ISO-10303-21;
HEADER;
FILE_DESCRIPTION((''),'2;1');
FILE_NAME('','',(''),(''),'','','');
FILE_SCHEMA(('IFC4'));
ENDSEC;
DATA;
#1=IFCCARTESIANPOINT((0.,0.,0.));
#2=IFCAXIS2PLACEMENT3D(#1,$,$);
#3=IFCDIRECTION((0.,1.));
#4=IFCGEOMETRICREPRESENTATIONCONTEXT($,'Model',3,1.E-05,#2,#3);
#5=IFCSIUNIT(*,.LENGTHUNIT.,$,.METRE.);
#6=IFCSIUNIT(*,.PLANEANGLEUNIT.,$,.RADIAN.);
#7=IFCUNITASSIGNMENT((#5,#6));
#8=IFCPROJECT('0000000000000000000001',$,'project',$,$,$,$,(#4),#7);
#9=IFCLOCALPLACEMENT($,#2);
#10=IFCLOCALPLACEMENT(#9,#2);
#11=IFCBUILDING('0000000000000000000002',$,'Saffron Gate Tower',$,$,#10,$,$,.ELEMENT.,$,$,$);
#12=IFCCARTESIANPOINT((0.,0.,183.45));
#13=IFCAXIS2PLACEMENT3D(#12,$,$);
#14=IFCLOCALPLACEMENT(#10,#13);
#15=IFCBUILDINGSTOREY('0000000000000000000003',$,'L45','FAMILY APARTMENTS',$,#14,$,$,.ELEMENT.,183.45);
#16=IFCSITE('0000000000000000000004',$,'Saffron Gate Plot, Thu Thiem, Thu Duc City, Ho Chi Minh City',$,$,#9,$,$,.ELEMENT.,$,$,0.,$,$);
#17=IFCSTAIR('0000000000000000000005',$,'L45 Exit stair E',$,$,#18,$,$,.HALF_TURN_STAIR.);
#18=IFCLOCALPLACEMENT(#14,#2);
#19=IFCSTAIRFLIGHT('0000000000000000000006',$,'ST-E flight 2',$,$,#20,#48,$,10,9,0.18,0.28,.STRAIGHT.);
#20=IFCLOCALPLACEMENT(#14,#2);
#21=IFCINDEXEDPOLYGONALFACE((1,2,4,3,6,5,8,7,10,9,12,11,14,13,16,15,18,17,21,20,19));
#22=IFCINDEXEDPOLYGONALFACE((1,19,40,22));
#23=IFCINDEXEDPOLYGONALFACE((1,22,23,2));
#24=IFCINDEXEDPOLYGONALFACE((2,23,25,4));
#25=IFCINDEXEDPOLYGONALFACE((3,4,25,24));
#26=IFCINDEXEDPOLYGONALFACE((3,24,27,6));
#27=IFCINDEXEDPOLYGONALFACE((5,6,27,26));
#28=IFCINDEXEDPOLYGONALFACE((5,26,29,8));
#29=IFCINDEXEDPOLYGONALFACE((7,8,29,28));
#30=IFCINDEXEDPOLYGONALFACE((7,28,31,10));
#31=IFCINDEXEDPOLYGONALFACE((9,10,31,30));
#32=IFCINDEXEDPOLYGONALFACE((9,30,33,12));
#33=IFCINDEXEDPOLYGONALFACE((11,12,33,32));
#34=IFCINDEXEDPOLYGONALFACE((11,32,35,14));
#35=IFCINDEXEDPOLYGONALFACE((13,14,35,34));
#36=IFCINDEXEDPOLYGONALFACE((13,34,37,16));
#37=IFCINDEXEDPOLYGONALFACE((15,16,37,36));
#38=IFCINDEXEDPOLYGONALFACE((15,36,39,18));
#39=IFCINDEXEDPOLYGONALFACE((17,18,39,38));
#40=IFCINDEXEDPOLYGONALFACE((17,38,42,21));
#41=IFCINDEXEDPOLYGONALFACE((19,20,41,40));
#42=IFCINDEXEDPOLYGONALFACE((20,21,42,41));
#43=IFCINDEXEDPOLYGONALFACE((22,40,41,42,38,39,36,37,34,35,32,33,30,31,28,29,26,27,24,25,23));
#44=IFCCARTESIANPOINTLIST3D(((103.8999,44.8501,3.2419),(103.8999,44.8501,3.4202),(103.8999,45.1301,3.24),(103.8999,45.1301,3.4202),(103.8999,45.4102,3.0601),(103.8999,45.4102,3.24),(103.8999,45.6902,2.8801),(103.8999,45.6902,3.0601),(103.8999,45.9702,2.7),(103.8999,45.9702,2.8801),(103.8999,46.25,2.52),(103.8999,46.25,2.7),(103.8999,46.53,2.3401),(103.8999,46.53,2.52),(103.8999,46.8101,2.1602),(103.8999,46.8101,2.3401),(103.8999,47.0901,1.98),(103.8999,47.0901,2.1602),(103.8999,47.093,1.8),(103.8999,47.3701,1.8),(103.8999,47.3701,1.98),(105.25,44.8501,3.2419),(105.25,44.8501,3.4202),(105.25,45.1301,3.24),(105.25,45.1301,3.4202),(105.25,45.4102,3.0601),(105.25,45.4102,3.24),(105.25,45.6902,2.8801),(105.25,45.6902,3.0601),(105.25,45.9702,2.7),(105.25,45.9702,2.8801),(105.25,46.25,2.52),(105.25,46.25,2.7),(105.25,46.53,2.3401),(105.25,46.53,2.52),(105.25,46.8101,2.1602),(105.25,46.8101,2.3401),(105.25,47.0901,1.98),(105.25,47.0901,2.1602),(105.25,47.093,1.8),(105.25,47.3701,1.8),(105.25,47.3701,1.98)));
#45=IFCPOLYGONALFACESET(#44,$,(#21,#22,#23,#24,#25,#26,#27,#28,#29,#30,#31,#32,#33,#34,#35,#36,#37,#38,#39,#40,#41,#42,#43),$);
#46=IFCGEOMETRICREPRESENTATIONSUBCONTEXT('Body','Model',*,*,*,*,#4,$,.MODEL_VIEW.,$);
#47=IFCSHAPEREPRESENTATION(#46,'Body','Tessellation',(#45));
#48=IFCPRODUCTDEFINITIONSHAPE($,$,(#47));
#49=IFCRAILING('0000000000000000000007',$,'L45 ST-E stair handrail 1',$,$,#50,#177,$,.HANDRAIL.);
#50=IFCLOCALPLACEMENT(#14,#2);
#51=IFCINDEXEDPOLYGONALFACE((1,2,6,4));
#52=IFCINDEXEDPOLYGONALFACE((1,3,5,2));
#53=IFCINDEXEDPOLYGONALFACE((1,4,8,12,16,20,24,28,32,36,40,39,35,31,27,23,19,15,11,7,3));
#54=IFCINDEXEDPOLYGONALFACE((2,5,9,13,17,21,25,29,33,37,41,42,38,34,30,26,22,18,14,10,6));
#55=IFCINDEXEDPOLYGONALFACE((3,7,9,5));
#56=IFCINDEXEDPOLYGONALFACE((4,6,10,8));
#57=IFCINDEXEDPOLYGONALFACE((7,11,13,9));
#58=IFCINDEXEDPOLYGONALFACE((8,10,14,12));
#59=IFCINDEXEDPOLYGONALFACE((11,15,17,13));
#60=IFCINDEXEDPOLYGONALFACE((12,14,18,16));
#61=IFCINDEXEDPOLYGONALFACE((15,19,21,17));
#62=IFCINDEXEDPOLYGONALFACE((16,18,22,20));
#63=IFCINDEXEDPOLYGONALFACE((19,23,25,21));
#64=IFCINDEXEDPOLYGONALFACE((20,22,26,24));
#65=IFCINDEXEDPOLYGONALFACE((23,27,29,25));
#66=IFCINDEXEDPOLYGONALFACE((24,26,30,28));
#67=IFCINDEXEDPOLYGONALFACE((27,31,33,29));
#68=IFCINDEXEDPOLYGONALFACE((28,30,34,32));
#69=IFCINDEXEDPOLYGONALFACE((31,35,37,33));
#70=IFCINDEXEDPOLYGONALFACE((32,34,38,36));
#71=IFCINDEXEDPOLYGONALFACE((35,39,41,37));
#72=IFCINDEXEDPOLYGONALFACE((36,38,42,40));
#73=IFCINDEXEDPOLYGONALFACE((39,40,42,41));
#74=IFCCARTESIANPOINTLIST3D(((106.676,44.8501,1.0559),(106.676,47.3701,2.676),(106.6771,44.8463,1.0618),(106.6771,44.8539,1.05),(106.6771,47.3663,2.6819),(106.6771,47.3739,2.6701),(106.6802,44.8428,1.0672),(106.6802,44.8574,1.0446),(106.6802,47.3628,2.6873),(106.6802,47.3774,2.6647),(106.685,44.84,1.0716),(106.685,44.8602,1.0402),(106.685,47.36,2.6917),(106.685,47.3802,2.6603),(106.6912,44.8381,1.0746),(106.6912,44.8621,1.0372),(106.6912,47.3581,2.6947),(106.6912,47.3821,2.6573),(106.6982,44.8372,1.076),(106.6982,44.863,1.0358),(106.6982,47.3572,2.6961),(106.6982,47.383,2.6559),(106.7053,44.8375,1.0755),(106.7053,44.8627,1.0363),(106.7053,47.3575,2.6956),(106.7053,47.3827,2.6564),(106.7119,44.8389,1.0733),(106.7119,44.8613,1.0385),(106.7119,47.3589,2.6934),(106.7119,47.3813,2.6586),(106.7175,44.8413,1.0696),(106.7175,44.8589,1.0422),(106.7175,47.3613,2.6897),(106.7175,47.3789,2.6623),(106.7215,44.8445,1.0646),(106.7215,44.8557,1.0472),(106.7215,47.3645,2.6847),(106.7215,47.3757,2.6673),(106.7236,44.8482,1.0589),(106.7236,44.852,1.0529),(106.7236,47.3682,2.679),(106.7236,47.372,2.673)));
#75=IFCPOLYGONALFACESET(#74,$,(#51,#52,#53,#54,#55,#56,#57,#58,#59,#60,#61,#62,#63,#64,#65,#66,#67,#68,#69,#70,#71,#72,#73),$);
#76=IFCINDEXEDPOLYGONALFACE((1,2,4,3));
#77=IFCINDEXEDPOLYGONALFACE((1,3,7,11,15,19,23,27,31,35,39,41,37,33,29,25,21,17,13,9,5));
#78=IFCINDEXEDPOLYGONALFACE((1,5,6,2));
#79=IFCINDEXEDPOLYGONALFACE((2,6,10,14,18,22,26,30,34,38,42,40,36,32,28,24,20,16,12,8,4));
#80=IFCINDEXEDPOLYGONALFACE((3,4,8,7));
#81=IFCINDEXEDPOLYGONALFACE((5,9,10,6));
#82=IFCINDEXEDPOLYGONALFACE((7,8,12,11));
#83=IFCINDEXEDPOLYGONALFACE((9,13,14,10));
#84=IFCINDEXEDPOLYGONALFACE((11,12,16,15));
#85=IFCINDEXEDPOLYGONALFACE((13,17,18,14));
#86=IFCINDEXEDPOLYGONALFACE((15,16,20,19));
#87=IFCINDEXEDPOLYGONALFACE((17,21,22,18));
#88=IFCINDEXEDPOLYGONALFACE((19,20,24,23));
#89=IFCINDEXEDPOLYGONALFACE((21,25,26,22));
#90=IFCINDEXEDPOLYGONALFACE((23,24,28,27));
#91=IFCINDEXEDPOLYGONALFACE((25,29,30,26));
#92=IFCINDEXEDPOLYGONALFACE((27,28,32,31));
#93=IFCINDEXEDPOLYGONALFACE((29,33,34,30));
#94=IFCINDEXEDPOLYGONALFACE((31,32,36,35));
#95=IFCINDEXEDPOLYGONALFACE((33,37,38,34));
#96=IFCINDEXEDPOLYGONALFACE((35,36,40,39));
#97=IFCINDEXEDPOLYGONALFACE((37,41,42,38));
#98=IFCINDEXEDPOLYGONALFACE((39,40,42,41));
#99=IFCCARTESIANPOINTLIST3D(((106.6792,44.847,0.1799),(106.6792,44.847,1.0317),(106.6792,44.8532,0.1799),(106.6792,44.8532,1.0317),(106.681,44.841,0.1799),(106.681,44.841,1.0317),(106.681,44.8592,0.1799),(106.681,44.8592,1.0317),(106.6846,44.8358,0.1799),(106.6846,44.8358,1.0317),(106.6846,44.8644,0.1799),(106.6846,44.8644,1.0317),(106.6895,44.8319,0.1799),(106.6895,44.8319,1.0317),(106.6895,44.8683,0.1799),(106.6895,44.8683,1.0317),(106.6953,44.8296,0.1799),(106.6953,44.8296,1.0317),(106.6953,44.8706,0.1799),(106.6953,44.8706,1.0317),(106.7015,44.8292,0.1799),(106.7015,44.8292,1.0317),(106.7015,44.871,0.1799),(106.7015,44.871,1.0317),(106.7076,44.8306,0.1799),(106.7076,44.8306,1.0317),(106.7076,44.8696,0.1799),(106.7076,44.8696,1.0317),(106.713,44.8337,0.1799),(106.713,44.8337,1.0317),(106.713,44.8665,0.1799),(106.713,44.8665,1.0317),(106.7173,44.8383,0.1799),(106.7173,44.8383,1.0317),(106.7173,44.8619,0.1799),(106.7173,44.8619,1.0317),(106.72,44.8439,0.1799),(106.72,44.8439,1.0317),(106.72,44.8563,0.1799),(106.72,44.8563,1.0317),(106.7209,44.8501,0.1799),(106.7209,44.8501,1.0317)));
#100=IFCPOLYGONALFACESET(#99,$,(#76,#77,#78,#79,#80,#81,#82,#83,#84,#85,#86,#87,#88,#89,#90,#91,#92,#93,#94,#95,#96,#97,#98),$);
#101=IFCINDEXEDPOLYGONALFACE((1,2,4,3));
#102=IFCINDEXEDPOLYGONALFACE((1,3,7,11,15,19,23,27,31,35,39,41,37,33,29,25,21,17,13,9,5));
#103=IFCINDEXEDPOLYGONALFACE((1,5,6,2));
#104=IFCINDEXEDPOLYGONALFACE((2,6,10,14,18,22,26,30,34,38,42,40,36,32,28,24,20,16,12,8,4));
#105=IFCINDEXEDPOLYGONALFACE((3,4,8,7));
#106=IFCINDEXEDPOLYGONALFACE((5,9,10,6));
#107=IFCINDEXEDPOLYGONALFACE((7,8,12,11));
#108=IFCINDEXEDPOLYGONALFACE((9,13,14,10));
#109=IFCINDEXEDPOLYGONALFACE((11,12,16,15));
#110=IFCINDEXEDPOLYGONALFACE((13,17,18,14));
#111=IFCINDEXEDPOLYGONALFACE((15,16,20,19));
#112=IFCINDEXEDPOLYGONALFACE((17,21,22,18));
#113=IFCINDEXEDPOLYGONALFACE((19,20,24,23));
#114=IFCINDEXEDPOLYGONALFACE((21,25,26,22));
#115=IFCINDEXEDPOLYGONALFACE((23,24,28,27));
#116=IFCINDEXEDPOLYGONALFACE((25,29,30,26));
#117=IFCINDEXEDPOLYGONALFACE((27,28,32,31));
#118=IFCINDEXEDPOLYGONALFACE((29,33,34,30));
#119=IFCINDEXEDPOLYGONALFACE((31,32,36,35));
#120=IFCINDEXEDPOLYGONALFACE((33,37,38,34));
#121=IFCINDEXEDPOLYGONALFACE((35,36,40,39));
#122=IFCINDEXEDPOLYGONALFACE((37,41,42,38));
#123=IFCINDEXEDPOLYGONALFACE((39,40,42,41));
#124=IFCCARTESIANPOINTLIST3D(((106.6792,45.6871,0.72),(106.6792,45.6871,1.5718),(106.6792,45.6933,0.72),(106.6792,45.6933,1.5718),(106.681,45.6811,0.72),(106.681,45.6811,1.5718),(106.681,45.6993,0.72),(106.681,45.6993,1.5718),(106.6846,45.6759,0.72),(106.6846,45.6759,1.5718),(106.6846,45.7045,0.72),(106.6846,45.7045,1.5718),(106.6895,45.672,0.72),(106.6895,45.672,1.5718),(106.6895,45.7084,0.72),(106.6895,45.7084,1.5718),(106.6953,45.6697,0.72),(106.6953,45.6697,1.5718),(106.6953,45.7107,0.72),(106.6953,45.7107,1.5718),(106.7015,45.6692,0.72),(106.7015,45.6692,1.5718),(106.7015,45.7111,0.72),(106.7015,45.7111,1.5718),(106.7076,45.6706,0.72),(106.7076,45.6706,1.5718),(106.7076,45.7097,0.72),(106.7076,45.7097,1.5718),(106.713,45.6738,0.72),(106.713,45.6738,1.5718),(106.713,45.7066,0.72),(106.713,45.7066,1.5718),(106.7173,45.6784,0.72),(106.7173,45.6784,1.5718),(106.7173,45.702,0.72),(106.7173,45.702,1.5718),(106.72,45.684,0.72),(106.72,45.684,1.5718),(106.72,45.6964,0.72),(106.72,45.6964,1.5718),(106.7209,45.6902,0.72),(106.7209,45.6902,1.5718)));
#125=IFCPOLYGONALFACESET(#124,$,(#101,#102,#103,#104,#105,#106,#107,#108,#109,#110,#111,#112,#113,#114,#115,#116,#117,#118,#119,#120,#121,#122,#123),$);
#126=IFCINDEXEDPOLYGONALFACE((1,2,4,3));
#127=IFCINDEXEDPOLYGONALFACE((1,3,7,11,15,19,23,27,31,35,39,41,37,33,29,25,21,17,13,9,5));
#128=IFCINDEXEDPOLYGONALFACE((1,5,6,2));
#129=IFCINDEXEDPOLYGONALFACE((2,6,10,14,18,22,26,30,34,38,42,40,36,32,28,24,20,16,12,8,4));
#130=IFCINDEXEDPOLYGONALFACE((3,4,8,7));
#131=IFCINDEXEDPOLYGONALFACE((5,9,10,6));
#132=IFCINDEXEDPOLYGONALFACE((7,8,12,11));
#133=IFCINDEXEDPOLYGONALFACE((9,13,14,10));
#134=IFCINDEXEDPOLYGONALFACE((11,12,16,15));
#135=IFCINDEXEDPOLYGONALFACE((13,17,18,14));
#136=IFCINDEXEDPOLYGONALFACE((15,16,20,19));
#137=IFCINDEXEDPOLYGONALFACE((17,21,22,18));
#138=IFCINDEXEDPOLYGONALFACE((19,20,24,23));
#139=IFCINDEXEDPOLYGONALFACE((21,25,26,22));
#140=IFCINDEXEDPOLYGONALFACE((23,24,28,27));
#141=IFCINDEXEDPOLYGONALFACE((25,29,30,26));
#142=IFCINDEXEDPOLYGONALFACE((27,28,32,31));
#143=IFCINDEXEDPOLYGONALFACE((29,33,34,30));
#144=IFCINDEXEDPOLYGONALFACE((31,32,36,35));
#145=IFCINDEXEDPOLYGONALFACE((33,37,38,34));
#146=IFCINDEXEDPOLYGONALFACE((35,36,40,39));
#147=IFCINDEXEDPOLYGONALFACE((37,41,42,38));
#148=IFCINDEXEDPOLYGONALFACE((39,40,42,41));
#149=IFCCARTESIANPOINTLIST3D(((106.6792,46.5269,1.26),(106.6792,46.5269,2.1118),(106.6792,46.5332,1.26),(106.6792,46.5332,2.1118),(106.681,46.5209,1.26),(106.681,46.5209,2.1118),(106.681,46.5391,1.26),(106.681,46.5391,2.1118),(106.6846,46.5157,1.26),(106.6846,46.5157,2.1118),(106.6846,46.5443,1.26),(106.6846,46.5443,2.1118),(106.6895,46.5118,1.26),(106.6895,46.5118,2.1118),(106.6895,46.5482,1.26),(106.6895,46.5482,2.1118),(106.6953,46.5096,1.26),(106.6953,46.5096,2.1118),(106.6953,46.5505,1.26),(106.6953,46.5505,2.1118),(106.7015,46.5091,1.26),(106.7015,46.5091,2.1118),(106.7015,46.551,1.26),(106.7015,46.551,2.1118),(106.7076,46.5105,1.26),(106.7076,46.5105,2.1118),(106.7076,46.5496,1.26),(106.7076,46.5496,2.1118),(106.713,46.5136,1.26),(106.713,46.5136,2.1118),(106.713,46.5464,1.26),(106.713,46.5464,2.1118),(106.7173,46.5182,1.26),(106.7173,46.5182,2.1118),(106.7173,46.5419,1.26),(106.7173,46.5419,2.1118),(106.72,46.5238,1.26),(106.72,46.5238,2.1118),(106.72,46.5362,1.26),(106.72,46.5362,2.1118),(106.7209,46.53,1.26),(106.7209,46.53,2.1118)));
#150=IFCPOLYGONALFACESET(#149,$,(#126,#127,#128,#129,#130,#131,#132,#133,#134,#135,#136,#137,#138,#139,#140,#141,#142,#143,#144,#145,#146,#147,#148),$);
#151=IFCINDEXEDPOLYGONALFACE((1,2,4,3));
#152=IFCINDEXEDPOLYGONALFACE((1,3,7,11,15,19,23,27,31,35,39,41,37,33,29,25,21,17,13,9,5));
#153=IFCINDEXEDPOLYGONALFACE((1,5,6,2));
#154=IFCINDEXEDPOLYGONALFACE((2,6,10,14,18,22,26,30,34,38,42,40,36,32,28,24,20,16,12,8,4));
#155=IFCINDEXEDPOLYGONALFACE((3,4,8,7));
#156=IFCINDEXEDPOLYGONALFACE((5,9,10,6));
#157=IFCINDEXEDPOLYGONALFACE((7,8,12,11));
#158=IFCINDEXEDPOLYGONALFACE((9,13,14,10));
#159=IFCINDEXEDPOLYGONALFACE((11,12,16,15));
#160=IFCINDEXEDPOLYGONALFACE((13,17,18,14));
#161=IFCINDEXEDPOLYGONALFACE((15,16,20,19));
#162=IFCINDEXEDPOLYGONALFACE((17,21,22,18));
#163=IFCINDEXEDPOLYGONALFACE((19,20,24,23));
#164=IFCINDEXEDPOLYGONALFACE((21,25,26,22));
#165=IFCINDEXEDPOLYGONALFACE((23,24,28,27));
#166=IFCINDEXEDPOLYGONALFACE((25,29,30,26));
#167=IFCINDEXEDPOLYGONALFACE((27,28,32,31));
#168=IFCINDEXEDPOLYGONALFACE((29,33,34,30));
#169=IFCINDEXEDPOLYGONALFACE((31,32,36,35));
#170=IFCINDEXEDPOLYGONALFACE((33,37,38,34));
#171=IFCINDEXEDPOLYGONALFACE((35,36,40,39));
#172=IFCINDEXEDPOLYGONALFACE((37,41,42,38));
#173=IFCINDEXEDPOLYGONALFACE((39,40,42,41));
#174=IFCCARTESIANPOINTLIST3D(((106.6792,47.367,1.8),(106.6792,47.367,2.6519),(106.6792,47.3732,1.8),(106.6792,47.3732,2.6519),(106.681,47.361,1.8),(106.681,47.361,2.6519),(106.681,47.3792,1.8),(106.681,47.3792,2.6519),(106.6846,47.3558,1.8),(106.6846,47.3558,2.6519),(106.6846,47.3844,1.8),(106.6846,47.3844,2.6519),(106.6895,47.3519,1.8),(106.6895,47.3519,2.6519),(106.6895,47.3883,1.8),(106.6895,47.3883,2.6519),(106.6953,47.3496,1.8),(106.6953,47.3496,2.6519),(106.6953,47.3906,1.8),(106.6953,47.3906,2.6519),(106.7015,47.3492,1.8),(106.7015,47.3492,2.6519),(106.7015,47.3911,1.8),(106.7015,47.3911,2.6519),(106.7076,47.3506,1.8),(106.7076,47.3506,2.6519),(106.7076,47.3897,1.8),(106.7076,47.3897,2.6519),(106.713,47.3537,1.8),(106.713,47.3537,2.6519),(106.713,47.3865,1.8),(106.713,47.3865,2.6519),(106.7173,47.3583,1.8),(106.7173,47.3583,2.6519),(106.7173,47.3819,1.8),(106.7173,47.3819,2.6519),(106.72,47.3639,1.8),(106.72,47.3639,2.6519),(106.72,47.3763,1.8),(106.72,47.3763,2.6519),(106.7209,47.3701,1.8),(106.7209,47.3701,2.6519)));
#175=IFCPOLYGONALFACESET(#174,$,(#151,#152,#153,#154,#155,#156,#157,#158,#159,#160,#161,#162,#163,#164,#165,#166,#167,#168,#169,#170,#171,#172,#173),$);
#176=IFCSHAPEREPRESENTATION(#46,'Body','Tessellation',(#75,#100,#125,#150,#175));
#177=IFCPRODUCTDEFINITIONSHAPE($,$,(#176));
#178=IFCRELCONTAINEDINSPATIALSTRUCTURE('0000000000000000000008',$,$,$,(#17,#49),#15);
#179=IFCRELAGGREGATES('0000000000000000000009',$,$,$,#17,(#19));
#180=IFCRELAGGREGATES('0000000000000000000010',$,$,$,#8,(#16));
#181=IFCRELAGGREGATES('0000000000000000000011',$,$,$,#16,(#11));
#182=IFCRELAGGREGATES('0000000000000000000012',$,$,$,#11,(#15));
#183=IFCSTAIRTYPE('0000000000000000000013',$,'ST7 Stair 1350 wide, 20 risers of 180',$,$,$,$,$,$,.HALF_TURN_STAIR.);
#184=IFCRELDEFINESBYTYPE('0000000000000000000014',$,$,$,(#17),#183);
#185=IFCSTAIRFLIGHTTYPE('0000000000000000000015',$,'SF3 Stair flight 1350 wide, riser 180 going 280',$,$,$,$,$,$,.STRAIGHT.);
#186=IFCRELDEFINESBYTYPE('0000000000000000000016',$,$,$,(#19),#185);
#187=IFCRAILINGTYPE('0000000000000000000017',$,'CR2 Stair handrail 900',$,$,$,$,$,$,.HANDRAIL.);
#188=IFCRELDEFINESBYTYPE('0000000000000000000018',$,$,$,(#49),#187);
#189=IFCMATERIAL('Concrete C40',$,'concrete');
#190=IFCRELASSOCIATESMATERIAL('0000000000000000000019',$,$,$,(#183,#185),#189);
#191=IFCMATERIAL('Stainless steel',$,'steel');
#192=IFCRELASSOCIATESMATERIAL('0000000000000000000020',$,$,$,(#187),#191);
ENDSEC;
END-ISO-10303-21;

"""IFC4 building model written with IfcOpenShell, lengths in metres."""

from ifc_helpers import new_model, si_unit, direction, frame, origin, origin_2d, place, context, subcontext, project, spatial, polyline, circle, outline, extrude, material, type_object, element, aggregate, save


model = new_model("IFC4")

# Units and contexts
model_context = context("Model", 3, precision=1e-05, world=origin(), true_north=direction((0.0, 1.0)))
body_context = subcontext(model_context, "Body", "Model", "MODEL_VIEW")
ifc_project = project(units=[si_unit("LENGTHUNIT", "METRE"), si_unit("PLANEANGLEUNIT", "RADIAN")], contexts=[model_context])

# Site, building, storey
site_placement = place(None, origin())
site = spatial("IfcSite", under=ifc_project, at=site_placement, Name="Saffron Gate Plot, Thu Thiem, Thu Duc City, Ho Chi Minh City", CompositionType="ELEMENT", RefElevation=0.0)
building_placement = place(site_placement, origin())
building = spatial("IfcBuilding", under=site, at=building_placement, Name="Saffron Gate Tower", CompositionType="ELEMENT")
storey_placement = place(building_placement, frame((0.0, 0.0, 183.45)))
storey = spatial("IfcBuildingStorey", under=building, at=storey_placement, Name="L45", Description="FAMILY APARTMENTS", CompositionType="ELEMENT", Elevation=183.45)

# Stair, stair flight
ifc_material_1 = material(Name="Concrete C40", Category="concrete")
stair_type = type_object("IfcStairType", Name="ST7 Stair 1350 wide, 20 risers of 180", PredefinedType="HALF_TURN_STAIR", material=ifc_material_1)
stair_placement = place(storey_placement, origin())
stair = element("IfcStair", 1, at=stair_placement, inside=storey, type_object=stair_type, Name="L45 Exit stair E", PredefinedType="HALF_TURN_STAIR")
stair_flight_type = type_object("IfcStairFlightType", Name="SF3 Stair flight 1350 wide, riser 180 going 280", PredefinedType="STRAIGHT", material=ifc_material_1)
stair_flight_1_placement = place(storey_placement, frame((104.575, 47.3701, 1.8), z_axis=(0.0, 0.0, 1.0), x_axis=(0.0, -1.0, 0.0)))
stair_flight_1 = element("IfcStairFlight", 2, at=stair_flight_1_placement, type_object=stair_flight_type, Name="ST-E flight 2", NumberOfRisers=10, NumberOfTreads=9, PredefinedType="STRAIGHT", RiserHeight=0.18, TreadLength=0.28, context=body_context, shape_type="SweptSolid", body=[
    extrude(outline(polyline([(0.0, 0.0), (0.0, 0.1799), (0.28, 0.1799), (0.28, 0.3601), (0.5601, 0.3601), (0.5601, 0.54), (0.8401, 0.54), (0.8401, 0.72), (1.1201, 0.72), (1.1201, 0.8999), (1.3999, 0.8999), (1.3999, 1.0801), (1.6799, 1.0801), (1.6799, 1.26), (1.96, 1.26), (1.96, 1.4399), (2.24, 1.4399), (2.24, 1.6201), (2.52, 1.6201), (2.52, 1.8), (2.52, 1.4419), (0.2771, 0.0), (0.0, 0.0)])), frame((0.0, 0.675, 0.0), z_axis=(0.0, -1.0, 0.0), x_axis=(1.0, 0.0, 0.0)), (0.0, 0.0, 1.0), 1.3501),
])
aggregate(stair, [stair_flight_1])

# Railing
ifc_material_2 = material(Name="Stainless steel", Category="steel")
railing_type_1 = type_object("IfcRailingType", Name="CR2 Stair handrail 900", PredefinedType="HANDRAIL", material=ifc_material_2)
railing_1_placement = place(storey_placement, frame((106.7, 44.8501, 0.1799)))
element("IfcRailing", 3, at=railing_1_placement, inside=storey, type_object=railing_type_1, Name="L45 ST-E stair handrail 1", PredefinedType="HANDRAIL", context=body_context, shape_type="SweptSolid", body=[
    extrude(circle(Radius=0.0239, at=origin_2d()), frame((0.0, 0.0, 0.876), z_axis=(0.0, 0.841163, 0.540782), x_axis=(-1.0, 0.0, 0.0)), (0.0, 0.0, 1.0), 2.9958),
    extrude(circle(Radius=0.021, at=origin_2d()), origin(), (0.0, 0.0, 1.0), 0.8518),
    extrude(circle(Radius=0.021, at=origin_2d()), frame((0.0, 0.8401, 0.54)), (0.0, 0.0, 1.0), 0.8518),
    extrude(circle(Radius=0.021, at=origin_2d()), frame((0.0, 1.6799, 1.0801)), (0.0, 0.0, 1.0), 0.8518),
    extrude(circle(Radius=0.021, at=origin_2d()), frame((0.0, 2.52, 1.6201)), (0.0, 0.0, 1.0), 0.8518),
])

save(model, "model.ifc")
